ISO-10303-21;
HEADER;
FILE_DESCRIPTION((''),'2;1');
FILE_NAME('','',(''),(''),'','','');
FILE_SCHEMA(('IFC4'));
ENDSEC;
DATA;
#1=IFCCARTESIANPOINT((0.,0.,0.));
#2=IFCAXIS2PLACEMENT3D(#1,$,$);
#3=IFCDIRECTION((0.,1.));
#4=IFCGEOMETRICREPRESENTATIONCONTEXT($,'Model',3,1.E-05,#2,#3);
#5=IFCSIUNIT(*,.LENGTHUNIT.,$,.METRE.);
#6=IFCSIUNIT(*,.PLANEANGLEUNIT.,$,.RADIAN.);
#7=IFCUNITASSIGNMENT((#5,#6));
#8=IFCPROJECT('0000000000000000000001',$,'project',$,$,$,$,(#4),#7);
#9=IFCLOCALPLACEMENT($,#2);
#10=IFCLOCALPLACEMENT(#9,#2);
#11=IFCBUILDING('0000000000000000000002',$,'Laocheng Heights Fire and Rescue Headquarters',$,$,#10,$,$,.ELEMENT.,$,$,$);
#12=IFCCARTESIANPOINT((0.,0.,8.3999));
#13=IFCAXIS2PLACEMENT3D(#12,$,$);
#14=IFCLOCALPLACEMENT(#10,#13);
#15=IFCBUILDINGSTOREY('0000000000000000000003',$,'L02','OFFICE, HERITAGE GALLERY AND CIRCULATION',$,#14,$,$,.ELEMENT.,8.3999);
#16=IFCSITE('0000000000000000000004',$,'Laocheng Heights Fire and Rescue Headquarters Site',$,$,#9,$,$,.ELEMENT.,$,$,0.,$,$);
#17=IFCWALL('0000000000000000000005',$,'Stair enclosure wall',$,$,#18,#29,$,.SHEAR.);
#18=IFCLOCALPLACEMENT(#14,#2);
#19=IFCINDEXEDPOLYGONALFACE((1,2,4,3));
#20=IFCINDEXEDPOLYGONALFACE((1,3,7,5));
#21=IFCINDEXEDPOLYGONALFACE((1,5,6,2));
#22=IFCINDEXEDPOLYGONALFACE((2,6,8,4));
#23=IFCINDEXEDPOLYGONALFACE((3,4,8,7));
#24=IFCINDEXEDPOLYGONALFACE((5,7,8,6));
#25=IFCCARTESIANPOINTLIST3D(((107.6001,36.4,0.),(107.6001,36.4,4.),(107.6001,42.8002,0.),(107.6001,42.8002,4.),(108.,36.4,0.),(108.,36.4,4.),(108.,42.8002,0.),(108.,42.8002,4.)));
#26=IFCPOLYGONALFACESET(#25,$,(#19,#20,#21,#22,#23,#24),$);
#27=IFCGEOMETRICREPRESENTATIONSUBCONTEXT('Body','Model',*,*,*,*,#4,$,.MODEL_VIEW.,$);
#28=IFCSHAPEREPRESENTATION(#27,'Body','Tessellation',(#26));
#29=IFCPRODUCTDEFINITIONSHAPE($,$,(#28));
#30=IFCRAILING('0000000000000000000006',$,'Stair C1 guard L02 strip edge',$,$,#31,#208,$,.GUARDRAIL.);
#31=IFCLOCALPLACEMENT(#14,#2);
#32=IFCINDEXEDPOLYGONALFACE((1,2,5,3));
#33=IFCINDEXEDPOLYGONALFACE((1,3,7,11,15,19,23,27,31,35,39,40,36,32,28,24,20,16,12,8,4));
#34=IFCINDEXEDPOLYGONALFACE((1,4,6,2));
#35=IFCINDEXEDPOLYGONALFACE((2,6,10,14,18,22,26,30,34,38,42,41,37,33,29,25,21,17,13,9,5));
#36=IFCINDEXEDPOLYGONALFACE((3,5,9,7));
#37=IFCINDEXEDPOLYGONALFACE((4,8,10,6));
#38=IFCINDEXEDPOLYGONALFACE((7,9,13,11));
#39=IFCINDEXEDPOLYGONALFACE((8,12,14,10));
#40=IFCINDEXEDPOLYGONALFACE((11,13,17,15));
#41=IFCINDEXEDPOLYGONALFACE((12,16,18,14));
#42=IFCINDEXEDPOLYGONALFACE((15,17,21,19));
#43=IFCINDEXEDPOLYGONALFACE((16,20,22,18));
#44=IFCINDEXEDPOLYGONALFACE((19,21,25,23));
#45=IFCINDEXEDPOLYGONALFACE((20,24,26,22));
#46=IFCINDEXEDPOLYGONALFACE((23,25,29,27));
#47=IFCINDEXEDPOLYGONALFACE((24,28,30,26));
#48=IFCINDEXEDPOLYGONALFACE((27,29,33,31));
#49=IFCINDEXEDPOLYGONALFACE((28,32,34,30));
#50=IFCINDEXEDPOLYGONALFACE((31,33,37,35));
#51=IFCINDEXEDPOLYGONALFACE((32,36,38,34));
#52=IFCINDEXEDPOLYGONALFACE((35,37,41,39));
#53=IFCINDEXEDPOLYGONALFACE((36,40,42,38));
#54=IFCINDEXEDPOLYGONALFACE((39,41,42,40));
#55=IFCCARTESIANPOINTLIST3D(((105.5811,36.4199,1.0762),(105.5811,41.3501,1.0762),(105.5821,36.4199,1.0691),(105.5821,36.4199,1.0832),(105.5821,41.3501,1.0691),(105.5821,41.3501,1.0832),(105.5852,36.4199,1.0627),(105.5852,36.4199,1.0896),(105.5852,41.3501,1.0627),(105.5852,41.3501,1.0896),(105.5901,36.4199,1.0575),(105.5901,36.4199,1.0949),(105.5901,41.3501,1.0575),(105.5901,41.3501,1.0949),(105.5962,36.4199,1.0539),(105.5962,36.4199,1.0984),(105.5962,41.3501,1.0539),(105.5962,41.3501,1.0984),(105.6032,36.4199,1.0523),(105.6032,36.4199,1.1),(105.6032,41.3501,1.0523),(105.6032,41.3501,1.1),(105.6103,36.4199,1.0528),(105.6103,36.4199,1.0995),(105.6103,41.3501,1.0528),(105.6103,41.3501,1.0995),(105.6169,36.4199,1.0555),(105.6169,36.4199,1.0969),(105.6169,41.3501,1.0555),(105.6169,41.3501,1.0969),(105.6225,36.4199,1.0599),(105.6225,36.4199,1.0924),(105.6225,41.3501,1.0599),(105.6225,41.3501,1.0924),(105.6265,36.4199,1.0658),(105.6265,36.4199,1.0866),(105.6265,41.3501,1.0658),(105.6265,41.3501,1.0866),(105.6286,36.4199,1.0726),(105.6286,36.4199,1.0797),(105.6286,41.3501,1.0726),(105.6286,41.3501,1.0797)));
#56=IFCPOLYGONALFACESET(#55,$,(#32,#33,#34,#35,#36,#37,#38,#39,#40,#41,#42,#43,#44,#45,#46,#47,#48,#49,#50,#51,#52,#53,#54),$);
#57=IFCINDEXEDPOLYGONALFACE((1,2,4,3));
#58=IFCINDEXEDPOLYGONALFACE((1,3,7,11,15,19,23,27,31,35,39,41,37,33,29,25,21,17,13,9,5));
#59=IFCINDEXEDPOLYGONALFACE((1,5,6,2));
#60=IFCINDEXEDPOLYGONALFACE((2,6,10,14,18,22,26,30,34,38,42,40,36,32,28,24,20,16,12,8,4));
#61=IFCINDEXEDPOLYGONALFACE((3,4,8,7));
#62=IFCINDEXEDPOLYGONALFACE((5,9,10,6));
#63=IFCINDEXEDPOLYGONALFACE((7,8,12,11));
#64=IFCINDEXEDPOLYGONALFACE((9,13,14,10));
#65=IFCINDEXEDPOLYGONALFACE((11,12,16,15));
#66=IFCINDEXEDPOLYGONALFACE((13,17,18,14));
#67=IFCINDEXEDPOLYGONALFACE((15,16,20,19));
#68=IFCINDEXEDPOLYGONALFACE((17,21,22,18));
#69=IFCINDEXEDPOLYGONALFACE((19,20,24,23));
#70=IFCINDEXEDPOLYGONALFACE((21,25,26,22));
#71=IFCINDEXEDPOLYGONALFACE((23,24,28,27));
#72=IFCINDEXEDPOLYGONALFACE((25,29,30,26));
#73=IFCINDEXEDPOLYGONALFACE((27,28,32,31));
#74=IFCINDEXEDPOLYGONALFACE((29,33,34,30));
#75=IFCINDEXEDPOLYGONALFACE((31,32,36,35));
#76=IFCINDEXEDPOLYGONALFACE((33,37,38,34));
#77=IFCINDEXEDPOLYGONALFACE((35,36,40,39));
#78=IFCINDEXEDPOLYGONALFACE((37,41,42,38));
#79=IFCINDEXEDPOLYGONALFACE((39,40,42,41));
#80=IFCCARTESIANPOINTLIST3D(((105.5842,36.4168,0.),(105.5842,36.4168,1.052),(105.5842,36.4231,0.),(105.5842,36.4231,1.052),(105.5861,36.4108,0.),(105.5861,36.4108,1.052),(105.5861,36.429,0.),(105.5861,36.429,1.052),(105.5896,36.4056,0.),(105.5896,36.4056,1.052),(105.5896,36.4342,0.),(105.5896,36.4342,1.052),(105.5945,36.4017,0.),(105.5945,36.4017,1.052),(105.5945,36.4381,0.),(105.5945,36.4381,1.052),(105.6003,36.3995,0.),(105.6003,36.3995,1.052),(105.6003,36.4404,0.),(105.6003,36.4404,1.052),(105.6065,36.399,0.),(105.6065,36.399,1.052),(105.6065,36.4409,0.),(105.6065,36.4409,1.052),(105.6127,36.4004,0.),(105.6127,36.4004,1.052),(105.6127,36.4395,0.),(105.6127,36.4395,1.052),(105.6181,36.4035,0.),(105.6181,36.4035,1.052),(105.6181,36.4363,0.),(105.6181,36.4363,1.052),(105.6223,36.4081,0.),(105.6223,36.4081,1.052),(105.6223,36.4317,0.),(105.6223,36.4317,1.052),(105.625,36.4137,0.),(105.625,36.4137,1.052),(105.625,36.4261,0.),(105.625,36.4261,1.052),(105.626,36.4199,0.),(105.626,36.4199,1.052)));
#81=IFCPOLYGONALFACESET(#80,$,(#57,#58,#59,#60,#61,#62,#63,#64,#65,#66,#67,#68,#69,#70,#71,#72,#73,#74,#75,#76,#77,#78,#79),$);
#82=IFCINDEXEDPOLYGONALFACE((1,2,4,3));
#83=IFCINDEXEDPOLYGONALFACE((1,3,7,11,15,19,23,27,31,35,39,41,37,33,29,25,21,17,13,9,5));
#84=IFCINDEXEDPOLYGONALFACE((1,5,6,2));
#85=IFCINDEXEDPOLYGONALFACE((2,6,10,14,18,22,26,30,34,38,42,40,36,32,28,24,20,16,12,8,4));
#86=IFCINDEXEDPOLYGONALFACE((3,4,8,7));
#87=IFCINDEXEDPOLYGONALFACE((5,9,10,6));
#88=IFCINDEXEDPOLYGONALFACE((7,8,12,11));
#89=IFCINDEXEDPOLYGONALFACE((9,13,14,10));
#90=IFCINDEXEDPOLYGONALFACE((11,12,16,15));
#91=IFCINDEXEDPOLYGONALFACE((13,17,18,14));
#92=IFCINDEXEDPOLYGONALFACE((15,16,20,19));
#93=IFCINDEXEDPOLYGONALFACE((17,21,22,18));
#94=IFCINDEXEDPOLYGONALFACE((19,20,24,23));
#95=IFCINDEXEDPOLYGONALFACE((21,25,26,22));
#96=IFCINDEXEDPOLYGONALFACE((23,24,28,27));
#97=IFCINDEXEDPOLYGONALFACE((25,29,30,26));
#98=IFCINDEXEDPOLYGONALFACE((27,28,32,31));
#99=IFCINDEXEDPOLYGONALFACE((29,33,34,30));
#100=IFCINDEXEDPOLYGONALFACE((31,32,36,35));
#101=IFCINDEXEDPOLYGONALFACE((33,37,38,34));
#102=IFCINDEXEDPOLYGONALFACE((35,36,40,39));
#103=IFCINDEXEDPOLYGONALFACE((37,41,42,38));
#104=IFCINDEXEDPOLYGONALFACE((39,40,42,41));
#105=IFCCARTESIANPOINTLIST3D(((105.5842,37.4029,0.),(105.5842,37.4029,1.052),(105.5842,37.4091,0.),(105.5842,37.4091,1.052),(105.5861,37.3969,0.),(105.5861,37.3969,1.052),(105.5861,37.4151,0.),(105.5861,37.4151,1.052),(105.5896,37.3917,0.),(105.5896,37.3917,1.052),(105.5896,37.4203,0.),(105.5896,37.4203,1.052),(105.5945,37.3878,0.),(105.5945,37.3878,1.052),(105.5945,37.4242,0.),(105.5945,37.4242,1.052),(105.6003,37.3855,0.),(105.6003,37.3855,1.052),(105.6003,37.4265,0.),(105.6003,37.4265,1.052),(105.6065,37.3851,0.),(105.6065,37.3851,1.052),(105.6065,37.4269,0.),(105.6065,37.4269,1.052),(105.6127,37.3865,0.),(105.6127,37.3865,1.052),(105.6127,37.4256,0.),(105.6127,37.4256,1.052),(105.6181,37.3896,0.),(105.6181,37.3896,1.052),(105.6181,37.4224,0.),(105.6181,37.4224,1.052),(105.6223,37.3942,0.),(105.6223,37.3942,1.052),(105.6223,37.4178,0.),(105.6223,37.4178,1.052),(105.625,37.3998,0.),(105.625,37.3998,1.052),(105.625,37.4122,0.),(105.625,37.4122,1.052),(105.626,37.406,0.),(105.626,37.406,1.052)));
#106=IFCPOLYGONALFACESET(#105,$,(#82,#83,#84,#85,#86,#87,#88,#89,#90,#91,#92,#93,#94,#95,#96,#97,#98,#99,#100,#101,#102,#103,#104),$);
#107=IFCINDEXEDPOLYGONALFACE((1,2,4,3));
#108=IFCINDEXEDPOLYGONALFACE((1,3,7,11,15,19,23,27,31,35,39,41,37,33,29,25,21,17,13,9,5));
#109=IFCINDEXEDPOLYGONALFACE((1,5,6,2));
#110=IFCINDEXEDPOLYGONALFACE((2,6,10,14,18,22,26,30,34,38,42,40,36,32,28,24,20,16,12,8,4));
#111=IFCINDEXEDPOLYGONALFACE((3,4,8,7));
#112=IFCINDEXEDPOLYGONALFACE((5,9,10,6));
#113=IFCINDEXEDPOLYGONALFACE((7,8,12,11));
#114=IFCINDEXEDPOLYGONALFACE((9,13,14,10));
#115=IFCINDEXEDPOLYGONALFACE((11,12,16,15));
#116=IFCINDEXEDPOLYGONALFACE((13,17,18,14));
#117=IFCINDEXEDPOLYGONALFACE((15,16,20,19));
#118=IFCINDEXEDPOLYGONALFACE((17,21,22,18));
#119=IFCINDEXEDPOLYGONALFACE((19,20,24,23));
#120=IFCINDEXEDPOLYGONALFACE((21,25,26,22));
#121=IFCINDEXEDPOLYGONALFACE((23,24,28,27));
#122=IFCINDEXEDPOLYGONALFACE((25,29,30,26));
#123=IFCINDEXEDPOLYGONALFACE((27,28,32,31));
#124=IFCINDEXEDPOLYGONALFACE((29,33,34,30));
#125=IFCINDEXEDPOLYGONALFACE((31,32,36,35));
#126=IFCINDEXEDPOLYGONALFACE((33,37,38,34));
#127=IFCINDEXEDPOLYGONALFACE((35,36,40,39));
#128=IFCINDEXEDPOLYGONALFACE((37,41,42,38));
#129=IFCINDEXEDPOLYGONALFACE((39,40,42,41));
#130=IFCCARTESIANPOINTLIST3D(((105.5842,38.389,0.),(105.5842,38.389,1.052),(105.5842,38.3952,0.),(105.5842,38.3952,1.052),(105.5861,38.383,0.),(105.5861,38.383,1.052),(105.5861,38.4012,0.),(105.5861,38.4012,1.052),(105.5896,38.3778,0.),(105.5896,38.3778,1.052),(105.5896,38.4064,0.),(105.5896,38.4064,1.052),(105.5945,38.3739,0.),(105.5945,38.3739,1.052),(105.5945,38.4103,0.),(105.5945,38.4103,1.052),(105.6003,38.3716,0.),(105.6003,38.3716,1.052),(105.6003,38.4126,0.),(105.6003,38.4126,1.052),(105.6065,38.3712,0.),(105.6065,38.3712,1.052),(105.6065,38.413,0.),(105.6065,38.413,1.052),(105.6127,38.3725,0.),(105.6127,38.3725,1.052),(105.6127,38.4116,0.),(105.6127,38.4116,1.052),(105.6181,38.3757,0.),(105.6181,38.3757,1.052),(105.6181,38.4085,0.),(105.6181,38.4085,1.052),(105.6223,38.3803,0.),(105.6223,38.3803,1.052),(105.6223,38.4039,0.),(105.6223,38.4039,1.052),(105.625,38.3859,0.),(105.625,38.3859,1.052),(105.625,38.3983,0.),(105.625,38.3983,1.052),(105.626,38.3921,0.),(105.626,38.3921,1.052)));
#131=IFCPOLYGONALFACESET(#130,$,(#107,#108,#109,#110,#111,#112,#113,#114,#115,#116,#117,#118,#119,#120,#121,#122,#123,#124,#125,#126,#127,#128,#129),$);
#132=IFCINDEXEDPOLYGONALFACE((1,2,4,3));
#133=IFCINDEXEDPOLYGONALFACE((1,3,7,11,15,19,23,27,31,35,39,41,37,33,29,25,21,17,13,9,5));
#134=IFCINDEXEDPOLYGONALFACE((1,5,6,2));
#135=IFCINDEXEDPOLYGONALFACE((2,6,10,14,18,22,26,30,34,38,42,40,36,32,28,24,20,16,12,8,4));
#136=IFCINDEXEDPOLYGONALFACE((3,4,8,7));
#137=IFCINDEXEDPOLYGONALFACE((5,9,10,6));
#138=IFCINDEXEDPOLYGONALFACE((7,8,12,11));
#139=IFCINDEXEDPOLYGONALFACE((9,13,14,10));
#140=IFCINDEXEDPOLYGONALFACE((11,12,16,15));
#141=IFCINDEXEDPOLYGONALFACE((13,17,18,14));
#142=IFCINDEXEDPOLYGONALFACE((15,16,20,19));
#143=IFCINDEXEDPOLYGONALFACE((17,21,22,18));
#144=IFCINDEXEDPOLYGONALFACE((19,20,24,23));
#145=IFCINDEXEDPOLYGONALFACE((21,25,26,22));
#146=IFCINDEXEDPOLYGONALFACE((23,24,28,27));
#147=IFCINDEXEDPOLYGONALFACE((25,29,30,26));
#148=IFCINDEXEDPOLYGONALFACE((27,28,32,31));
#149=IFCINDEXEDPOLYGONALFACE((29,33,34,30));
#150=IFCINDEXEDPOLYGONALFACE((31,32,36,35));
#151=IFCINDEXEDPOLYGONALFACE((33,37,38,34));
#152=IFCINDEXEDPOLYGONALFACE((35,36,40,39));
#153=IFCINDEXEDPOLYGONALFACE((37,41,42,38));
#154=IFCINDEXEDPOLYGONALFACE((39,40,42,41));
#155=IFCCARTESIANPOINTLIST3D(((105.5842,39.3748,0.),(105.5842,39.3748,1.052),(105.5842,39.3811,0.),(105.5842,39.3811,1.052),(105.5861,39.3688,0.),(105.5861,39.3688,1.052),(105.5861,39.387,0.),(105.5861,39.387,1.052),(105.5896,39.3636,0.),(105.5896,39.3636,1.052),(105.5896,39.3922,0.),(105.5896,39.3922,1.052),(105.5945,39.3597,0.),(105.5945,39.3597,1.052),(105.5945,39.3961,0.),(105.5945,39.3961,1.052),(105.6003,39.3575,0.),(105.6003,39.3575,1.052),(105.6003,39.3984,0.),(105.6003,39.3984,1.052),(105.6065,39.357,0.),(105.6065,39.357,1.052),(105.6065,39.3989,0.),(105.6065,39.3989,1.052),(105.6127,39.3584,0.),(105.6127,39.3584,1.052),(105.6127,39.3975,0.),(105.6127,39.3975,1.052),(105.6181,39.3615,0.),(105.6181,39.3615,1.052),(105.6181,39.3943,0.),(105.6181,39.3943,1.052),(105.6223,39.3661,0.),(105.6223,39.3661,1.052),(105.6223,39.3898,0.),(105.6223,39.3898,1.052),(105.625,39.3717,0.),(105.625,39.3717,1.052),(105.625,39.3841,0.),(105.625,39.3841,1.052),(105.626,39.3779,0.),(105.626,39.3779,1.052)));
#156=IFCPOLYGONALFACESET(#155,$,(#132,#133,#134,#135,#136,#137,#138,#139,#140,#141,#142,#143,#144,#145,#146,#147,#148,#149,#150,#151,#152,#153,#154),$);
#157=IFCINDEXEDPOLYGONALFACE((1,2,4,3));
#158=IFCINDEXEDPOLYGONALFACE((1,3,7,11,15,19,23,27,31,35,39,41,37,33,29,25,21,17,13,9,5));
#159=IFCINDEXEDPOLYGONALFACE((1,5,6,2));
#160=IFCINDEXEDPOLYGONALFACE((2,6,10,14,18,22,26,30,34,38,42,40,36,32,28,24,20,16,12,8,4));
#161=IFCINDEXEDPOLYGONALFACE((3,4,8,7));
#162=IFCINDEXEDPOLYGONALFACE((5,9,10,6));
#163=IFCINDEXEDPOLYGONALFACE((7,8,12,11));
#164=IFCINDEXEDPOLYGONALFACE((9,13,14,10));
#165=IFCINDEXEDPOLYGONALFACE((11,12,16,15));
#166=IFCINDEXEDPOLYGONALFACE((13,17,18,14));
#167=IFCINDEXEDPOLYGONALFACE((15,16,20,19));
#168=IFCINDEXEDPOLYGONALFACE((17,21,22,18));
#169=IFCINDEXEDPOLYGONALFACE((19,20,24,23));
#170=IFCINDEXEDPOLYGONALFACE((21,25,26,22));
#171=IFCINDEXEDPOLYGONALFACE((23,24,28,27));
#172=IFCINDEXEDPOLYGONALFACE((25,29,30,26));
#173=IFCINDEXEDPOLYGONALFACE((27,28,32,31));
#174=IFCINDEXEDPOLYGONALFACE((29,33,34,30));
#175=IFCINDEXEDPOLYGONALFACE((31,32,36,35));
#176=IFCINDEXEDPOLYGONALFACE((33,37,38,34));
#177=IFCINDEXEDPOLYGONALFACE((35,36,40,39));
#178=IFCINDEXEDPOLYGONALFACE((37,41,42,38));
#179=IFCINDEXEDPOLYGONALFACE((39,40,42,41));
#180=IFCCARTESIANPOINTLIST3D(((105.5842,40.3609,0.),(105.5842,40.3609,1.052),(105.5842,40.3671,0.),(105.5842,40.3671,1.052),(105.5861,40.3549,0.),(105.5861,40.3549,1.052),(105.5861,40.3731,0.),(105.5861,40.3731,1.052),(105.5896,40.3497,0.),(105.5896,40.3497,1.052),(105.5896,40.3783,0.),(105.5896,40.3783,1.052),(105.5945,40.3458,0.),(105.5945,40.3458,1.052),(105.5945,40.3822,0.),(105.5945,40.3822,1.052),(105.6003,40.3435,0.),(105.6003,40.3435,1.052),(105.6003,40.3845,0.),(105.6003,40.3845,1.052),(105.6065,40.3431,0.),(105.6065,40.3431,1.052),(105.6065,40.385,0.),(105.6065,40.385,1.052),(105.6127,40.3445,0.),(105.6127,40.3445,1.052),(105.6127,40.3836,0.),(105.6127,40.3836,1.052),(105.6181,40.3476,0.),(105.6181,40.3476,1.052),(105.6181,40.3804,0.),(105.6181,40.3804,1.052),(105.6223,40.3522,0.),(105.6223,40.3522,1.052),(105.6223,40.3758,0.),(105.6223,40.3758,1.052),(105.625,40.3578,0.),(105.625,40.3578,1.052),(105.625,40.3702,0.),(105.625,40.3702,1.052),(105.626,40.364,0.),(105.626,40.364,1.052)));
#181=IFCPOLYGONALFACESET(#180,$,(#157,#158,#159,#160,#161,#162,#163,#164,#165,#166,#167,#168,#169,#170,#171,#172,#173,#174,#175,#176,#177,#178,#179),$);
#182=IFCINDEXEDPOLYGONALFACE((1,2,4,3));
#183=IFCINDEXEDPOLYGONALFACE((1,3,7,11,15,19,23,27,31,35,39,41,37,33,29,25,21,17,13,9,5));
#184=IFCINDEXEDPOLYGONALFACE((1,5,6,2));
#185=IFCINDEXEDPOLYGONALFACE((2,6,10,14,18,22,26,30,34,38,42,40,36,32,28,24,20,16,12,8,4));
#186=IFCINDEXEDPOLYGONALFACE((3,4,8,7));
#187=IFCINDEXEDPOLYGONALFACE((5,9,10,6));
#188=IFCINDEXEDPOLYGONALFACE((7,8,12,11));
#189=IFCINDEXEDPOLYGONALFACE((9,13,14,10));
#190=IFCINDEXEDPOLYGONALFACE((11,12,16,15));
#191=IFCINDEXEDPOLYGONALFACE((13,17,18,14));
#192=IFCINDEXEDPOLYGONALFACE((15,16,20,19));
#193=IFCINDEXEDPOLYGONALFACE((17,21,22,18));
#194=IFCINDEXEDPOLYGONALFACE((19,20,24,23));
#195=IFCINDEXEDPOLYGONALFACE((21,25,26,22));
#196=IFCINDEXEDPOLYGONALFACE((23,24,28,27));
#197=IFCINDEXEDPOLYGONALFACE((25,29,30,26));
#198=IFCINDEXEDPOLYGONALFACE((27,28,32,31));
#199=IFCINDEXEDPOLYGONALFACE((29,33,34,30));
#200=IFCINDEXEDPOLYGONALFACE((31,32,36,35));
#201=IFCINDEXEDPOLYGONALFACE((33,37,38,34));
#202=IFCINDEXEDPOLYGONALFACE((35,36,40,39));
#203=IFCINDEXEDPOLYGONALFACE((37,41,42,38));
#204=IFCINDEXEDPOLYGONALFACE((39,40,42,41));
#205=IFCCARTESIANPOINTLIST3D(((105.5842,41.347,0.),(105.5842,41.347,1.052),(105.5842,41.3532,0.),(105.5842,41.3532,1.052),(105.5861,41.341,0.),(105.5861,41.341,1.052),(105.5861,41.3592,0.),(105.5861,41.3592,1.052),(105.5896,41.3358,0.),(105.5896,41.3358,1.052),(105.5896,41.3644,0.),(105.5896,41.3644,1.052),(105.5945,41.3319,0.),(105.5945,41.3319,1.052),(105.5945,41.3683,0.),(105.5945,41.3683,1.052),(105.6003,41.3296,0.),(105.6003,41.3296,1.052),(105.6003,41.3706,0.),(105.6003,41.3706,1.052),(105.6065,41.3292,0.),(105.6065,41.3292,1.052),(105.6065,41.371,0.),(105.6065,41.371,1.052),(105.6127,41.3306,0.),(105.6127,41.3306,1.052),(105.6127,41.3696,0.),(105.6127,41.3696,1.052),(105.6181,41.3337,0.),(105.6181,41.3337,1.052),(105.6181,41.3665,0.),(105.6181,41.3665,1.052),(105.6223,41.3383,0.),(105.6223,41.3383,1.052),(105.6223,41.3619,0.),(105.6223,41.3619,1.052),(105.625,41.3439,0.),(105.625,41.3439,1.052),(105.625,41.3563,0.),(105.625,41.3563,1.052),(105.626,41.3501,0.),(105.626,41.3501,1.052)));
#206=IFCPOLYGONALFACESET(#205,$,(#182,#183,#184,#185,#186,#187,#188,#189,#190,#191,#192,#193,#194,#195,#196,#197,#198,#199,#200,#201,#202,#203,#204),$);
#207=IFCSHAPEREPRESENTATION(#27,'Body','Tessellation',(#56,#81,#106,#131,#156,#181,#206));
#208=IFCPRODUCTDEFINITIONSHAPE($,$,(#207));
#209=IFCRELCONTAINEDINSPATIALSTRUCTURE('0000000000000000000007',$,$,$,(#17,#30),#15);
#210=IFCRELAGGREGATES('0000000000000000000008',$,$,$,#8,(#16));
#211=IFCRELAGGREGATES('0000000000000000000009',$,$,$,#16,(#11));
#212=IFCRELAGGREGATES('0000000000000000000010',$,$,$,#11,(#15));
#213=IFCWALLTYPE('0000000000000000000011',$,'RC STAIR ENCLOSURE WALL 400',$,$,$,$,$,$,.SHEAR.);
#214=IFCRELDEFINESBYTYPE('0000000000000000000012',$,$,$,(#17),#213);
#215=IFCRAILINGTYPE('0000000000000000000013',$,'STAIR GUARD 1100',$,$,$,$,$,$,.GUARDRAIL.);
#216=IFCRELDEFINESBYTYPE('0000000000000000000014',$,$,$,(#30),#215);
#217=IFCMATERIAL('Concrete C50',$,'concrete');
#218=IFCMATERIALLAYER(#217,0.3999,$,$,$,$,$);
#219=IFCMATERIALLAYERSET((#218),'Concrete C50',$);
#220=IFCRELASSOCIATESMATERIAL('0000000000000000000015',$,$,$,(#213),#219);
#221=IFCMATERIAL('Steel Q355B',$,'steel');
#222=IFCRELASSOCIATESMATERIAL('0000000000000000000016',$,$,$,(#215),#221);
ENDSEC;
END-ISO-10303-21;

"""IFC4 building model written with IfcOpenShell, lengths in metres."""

from ifc_helpers import new_model, si_unit, direction, frame, frame_2d, origin, origin_2d, place, context, subcontext, project, spatial, rectangle, circle, extrude, material, layer, layer_set, type_object, element, save


model = new_model("IFC4")

# Units and contexts
model_context = context("Model", 3, precision=1e-05, world=origin(), true_north=direction((0.0, 1.0)))
body_context = subcontext(model_context, "Body", "Model", "MODEL_VIEW")
ifc_project = project(units=[si_unit("LENGTHUNIT", "METRE"), si_unit("PLANEANGLEUNIT", "RADIAN")], contexts=[model_context])

# Site, building, storey
site_placement = place(None, origin())
site = spatial("IfcSite", under=ifc_project, at=site_placement, Name="Laocheng Heights Fire and Rescue Headquarters Site", CompositionType="ELEMENT", RefElevation=0.0)
building_placement = place(site_placement, origin())
building = spatial("IfcBuilding", under=site, at=building_placement, Name="Laocheng Heights Fire and Rescue Headquarters", CompositionType="ELEMENT")
storey_placement = place(building_placement, frame((0.0, 0.0, 8.3999)))
storey = spatial("IfcBuildingStorey", under=building, at=storey_placement, Name="L02", Description="OFFICE, HERITAGE GALLERY AND CIRCULATION", CompositionType="ELEMENT", Elevation=8.3999)

# Wall
ifc_material_1 = material(Name="Concrete C50", Category="concrete")
ifc_layer_1 = layer(ifc_material_1, 0.3999)
ifc_layer_set_1 = layer_set([ifc_layer_1], Name="Concrete C50")
wall_type_1 = type_object("IfcWallType", Name="RC STAIR ENCLOSURE WALL 400", PredefinedType="SHEAR", material=ifc_layer_set_1)
wall_1_placement = place(storey_placement, frame((107.8, 36.3999, 0.0), z_axis=(0.0, 0.0, 1.0), x_axis=(0.0, 1.0, 0.0)))
element("IfcWall", 1, at=wall_1_placement, inside=storey, type_object=wall_type_1, Name="Stair enclosure wall", PredefinedType="SHEAR", context=body_context, shape_type="SweptSolid", body=[
    extrude(rectangle(XDim=6.4001, YDim=0.3999, at=frame_2d((3.2002, 0.0))), origin(), (0.0, 0.0, 1.0), 4.0),
])

# Railing
ifc_material_2 = material(Name="Steel Q355B", Category="steel")
railing_type = type_object("IfcRailingType", Name="STAIR GUARD 1100", PredefinedType="GUARDRAIL", material=ifc_material_2)
railing_placement = place(storey_placement, frame((105.605, 36.4199, 0.0)))
element("IfcRailing", 2, at=railing_placement, inside=storey, type_object=railing_type, Name="Stair C1 guard L02 strip edge", PredefinedType="GUARDRAIL", context=body_context, shape_type="SweptSolid", body=[
    extrude(circle(Radius=0.0239, at=origin_2d()), frame((0.0, 0.0, 1.0762), z_axis=(0.0, 1.0, 0.0), x_axis=(-1.0, 0.0, 0.0)), (0.0, 0.0, 1.0), 4.9302),
    extrude(circle(Radius=0.021, at=origin_2d()), origin(), (0.0, 0.0, 1.0), 1.052),
    extrude(circle(Radius=0.021, at=origin_2d()), frame((0.0, 0.9861, 0.0)), (0.0, 0.0, 1.0), 1.052),
    extrude(circle(Radius=0.021, at=origin_2d()), frame((0.0, 1.9722, 0.0)), (0.0, 0.0, 1.0), 1.052),
    extrude(circle(Radius=0.021, at=origin_2d()), frame((0.0, 2.958, 0.0)), (0.0, 0.0, 1.0), 1.052),
    extrude(circle(Radius=0.021, at=origin_2d()), frame((0.0, 3.9441, 0.0)), (0.0, 0.0, 1.0), 1.052),
    extrude(circle(Radius=0.021, at=origin_2d()), frame((0.0, 4.9302, 0.0)), (0.0, 0.0, 1.0), 1.052),
])

save(model, "model.ifc")
